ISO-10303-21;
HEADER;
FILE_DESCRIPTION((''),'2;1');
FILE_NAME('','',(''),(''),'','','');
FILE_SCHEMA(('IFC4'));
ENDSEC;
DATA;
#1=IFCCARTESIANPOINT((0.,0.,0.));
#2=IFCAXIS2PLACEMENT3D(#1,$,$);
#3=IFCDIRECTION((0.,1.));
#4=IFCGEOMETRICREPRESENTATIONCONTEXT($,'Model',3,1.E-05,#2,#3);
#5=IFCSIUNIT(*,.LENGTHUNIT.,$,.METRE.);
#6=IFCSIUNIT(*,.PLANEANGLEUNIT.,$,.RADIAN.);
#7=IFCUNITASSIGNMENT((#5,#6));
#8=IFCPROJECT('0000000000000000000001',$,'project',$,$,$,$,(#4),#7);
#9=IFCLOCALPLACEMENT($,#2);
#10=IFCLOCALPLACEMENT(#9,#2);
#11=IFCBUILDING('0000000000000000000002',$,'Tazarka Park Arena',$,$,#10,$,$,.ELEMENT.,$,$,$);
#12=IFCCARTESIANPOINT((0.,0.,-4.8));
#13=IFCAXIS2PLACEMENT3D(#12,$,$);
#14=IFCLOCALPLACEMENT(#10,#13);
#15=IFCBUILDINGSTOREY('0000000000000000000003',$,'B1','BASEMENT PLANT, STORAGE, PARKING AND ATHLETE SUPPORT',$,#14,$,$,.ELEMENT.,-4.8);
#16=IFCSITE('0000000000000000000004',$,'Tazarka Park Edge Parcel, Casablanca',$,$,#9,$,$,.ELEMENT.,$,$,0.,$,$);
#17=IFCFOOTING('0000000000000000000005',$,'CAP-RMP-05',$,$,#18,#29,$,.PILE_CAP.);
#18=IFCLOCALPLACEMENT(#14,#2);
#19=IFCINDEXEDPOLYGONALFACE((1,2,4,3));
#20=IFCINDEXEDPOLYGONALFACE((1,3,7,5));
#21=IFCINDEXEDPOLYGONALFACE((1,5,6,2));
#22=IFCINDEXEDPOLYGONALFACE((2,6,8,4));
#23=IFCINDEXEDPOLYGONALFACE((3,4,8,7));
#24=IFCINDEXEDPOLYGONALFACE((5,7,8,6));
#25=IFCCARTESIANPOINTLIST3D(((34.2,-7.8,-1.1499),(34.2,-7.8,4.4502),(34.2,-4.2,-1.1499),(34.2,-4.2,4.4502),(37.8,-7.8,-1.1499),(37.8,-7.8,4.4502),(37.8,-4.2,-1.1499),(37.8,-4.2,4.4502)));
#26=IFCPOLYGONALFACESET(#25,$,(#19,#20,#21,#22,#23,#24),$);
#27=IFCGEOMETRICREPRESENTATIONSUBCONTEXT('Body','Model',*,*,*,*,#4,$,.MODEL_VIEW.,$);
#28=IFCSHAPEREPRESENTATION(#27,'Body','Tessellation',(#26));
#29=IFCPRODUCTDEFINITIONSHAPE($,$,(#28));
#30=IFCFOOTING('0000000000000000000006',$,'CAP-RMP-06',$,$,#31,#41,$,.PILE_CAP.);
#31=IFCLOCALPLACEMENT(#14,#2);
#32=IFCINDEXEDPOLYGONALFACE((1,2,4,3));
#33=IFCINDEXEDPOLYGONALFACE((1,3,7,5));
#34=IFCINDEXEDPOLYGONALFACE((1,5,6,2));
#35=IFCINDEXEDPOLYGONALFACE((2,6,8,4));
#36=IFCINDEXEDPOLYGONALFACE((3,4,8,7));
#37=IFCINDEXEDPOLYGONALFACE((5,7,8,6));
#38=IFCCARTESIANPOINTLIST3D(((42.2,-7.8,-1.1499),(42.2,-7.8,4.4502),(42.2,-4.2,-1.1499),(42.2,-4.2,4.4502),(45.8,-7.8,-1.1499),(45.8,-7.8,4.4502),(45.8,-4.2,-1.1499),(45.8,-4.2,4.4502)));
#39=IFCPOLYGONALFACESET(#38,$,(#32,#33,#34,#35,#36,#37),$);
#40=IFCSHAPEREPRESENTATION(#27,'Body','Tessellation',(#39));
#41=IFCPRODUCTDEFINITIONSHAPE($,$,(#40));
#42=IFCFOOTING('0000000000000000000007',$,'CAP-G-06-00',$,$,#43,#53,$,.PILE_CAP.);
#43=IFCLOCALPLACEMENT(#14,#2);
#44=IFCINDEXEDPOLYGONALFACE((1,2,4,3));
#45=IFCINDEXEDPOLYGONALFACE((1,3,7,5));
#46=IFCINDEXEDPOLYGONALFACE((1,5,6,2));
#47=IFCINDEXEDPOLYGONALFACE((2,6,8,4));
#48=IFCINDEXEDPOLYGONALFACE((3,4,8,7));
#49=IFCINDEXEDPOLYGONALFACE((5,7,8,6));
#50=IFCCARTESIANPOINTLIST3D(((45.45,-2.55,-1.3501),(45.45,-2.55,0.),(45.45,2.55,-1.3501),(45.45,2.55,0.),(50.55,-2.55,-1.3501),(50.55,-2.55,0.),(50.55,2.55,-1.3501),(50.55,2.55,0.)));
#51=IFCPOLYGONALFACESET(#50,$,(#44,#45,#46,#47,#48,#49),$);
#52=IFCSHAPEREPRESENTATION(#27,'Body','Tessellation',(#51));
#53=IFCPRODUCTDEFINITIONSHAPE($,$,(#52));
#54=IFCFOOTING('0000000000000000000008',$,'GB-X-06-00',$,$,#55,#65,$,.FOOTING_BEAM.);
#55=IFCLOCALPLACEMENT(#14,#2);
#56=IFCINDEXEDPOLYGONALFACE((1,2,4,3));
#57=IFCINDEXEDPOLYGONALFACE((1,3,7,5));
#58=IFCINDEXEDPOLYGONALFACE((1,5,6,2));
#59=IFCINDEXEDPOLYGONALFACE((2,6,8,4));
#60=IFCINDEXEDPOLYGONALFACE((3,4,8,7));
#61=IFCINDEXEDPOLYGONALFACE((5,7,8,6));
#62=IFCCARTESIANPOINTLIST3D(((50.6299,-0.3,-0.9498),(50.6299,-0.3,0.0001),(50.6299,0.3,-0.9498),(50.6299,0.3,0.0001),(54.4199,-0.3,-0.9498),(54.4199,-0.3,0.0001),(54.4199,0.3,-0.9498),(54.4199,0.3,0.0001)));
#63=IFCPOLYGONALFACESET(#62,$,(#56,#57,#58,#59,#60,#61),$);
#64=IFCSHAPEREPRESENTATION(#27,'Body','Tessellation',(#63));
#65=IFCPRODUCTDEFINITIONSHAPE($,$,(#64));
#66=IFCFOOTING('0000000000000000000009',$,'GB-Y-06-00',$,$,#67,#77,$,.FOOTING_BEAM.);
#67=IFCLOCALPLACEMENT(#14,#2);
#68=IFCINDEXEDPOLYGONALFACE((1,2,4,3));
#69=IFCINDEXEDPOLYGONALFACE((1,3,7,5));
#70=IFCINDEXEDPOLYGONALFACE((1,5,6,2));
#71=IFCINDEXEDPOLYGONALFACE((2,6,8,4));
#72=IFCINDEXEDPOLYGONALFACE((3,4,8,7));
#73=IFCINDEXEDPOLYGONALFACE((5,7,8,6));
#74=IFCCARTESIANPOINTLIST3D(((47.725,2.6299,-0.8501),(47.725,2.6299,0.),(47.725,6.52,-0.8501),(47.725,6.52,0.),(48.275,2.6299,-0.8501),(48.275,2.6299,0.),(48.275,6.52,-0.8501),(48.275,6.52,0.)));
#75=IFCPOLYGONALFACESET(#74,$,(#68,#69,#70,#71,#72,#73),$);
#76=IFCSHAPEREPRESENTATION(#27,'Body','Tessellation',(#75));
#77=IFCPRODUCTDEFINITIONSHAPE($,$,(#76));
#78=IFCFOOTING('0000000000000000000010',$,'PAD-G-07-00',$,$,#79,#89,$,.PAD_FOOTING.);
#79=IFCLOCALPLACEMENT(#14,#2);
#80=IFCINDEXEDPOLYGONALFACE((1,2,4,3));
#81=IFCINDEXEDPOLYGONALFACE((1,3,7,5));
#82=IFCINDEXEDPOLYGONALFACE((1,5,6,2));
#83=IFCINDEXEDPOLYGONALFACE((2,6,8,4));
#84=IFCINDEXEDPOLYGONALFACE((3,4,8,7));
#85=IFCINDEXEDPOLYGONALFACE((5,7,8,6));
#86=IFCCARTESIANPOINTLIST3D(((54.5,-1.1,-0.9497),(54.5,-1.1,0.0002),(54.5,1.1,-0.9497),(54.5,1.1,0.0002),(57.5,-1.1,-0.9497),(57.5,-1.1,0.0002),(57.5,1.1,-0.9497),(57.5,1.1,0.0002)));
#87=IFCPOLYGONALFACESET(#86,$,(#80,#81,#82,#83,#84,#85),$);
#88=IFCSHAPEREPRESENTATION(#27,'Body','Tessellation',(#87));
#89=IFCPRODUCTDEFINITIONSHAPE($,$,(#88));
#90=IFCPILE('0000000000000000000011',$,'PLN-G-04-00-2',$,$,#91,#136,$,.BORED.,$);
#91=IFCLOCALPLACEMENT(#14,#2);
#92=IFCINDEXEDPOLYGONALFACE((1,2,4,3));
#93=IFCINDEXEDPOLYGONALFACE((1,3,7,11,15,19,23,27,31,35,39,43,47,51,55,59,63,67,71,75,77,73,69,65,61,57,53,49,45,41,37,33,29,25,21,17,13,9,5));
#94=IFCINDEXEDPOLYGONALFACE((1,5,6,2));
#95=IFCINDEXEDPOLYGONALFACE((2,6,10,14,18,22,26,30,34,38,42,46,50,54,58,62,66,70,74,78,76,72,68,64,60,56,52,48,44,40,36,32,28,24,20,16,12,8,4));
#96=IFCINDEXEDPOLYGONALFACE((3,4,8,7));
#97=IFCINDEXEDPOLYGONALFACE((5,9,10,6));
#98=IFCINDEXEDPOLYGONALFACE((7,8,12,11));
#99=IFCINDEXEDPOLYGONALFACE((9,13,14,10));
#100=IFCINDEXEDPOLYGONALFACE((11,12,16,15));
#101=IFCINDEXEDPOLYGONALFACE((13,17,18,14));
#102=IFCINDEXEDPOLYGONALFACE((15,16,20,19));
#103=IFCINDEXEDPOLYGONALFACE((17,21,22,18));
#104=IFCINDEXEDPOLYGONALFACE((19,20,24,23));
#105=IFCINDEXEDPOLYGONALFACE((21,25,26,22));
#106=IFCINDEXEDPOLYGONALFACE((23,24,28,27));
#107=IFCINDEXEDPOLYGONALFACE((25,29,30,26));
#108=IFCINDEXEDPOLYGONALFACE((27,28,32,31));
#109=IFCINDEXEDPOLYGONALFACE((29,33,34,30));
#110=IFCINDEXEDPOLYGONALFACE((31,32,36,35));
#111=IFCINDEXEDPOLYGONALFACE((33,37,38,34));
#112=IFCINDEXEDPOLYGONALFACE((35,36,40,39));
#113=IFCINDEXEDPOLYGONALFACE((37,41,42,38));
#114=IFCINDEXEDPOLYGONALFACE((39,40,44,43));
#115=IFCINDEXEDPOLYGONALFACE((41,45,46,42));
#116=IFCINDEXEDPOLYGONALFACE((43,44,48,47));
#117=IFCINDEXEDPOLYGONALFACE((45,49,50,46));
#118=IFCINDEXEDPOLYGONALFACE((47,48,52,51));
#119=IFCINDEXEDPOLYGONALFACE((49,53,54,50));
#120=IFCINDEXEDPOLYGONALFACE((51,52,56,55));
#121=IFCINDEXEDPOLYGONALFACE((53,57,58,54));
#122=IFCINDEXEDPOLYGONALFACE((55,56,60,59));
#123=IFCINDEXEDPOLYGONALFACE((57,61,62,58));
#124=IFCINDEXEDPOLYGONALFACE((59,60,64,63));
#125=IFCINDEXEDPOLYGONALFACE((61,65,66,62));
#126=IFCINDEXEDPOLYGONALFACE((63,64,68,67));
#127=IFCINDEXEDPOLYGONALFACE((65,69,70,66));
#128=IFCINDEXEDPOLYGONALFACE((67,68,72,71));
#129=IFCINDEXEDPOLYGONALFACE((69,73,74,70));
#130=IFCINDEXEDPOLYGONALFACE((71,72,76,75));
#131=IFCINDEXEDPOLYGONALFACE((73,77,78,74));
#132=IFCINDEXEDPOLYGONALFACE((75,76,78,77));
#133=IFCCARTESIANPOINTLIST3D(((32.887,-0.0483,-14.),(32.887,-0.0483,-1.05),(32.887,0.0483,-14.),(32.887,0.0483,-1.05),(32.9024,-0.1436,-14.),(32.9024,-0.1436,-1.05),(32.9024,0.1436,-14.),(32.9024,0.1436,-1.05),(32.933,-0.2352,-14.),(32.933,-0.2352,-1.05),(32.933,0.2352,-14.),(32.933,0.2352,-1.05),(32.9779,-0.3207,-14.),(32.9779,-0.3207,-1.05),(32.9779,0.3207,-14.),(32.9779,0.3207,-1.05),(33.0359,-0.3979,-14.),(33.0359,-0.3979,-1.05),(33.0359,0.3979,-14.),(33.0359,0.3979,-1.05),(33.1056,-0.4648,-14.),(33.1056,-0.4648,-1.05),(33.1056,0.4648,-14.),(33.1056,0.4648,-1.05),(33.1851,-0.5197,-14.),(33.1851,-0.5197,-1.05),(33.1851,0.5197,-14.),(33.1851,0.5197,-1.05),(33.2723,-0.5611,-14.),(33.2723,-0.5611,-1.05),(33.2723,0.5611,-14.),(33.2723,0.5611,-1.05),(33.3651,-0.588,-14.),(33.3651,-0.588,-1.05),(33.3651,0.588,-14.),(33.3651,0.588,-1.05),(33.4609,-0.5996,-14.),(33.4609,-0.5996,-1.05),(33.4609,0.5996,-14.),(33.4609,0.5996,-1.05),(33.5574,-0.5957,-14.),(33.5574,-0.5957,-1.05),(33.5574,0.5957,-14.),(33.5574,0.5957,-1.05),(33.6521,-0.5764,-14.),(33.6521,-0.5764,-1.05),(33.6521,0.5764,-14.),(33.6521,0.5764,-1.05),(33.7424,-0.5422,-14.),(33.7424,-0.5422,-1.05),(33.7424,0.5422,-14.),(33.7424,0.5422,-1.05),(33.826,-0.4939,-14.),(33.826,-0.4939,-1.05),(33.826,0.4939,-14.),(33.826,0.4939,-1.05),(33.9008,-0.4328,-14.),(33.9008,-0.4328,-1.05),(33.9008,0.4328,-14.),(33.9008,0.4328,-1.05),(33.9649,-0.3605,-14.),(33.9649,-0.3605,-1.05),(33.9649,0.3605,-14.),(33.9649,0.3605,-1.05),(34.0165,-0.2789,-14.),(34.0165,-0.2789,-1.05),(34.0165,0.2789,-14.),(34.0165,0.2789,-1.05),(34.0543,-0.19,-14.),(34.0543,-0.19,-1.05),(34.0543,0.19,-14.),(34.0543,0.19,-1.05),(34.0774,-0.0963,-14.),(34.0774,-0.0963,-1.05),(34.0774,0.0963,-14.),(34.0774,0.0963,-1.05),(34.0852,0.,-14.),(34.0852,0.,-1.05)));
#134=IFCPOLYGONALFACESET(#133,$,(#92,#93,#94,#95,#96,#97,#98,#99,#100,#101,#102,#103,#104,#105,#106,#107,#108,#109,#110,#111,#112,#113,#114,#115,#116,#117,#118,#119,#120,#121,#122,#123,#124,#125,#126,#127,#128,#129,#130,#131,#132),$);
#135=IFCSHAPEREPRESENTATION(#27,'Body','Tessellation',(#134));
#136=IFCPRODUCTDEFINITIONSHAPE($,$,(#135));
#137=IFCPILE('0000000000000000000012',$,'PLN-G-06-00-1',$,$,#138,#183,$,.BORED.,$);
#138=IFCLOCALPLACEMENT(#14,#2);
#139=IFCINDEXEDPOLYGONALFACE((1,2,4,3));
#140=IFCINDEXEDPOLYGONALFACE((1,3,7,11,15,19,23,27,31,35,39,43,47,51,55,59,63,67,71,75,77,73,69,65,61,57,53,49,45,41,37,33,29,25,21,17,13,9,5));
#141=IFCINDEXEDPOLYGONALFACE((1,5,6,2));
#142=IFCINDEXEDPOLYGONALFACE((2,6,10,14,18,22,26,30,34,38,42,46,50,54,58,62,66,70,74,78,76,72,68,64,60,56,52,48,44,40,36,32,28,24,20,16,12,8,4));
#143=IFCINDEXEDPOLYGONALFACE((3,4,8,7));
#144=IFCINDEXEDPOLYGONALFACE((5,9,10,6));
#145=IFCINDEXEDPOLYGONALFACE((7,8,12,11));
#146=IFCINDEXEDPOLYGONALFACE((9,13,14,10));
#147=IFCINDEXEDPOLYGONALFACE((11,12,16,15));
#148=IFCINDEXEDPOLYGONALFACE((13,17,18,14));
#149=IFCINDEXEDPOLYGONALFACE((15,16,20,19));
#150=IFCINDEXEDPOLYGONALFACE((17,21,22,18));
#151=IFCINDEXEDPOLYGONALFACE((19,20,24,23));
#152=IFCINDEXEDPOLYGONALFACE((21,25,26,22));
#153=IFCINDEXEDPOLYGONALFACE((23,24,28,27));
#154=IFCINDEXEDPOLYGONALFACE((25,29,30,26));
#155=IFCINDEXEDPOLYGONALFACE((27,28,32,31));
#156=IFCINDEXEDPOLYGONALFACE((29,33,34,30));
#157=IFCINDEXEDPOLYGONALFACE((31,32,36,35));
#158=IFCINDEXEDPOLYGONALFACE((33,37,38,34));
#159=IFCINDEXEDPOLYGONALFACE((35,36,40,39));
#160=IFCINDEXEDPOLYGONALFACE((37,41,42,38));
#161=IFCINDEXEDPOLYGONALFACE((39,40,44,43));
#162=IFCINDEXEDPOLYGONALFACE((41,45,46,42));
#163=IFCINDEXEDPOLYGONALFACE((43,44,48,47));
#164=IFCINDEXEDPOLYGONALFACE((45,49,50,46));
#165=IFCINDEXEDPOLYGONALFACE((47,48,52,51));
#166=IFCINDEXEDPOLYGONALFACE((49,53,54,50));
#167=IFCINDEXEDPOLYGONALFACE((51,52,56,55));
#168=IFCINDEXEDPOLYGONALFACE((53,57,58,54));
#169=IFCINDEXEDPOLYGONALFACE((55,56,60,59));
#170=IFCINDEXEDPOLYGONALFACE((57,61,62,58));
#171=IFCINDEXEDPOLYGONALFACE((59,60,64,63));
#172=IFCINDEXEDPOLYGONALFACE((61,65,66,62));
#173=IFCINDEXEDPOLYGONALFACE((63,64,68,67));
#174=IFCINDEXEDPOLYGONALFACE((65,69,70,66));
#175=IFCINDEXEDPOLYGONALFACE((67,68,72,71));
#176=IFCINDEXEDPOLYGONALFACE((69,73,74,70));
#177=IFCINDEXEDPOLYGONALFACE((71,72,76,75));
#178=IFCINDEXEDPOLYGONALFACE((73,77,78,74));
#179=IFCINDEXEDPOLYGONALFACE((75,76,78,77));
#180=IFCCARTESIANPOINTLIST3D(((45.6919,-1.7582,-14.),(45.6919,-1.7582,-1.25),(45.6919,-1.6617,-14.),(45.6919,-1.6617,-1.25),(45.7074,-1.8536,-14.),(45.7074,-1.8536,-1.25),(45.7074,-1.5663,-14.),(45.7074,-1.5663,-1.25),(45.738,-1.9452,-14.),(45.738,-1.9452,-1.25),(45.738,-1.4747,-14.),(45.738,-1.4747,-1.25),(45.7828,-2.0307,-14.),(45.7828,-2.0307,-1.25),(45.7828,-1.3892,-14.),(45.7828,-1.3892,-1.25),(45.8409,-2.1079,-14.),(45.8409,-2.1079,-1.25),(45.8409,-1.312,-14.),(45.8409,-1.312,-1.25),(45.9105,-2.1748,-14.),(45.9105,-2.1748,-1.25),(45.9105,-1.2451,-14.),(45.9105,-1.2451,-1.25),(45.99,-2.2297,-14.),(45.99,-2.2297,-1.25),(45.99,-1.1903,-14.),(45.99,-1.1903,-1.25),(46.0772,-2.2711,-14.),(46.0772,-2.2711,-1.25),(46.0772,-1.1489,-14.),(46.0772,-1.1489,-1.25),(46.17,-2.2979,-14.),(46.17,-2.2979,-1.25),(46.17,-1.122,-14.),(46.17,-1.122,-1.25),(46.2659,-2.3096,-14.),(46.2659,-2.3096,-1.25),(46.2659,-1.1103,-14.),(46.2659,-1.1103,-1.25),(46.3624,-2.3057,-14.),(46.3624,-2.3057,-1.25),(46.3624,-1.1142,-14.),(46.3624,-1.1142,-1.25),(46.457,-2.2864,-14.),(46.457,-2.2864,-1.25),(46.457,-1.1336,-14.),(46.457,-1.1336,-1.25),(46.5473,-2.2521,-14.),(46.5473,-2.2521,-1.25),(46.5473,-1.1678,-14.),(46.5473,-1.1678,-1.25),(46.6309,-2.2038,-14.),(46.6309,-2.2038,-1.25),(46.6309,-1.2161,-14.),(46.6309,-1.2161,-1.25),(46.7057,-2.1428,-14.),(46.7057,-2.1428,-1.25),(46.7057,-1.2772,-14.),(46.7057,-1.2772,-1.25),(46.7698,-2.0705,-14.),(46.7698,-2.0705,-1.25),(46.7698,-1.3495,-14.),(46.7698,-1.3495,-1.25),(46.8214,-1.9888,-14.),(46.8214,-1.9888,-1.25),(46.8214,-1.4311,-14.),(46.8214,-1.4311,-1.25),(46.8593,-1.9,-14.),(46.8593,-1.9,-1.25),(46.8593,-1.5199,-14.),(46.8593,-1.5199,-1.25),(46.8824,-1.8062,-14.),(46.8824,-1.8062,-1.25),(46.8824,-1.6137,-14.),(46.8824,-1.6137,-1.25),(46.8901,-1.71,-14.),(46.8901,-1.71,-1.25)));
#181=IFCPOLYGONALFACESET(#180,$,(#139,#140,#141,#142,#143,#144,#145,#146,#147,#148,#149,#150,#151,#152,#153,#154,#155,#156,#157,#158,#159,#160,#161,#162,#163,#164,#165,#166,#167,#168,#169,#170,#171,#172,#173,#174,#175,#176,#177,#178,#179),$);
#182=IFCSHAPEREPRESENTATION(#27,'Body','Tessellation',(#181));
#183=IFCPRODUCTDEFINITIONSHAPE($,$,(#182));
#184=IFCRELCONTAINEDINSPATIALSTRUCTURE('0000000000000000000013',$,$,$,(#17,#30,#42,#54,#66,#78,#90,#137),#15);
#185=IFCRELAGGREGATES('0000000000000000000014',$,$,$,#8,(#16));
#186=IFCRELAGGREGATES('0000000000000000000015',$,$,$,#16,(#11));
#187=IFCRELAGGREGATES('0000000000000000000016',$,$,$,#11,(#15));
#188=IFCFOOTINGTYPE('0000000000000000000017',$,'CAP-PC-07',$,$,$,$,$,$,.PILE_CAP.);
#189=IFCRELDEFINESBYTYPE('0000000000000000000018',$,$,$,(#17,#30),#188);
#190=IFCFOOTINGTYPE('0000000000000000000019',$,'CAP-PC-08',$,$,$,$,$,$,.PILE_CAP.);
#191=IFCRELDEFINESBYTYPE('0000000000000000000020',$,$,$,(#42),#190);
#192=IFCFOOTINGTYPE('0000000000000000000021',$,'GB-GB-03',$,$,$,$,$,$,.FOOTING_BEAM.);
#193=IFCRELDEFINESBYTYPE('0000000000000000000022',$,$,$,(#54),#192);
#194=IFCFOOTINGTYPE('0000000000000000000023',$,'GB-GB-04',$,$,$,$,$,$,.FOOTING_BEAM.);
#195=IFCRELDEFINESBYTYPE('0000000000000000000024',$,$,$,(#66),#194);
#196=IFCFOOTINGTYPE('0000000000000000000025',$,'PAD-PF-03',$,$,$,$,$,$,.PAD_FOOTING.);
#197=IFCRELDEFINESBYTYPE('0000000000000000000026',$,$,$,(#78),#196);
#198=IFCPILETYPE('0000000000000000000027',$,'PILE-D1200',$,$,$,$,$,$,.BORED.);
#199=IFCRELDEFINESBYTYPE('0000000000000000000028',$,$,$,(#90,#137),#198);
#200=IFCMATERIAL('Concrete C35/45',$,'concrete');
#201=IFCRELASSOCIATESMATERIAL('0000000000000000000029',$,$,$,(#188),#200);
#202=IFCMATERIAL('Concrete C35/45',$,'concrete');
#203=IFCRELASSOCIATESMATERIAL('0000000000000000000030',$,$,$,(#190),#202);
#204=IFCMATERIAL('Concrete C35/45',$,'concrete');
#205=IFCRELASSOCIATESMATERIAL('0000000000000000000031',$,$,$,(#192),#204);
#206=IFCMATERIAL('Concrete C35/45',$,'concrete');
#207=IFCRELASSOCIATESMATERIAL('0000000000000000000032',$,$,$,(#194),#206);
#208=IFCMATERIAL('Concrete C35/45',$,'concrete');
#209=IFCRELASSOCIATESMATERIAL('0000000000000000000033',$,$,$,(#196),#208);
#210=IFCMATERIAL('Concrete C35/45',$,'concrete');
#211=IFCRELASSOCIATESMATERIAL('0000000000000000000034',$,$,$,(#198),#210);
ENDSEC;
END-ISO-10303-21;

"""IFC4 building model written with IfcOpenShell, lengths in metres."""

from ifc_helpers import new_model, si_unit, direction, frame, origin, origin_2d, place, context, subcontext, project, spatial, rectangle, circle, extrude, material, material_profile, profile_set, type_object, element, save


model = new_model("IFC4")

# Units and contexts
model_context = context("Model", 3, precision=1e-05, world=origin(), true_north=direction((0.0, 1.0)))
body_context = subcontext(model_context, "Body", "Model", "MODEL_VIEW")
ifc_project = project(units=[si_unit("LENGTHUNIT", "METRE"), si_unit("PLANEANGLEUNIT", "RADIAN")], contexts=[model_context])

# Site, building, storey
site_placement = place(None, origin())
site = spatial("IfcSite", under=ifc_project, at=site_placement, Name="Tazarka Park Edge Parcel, Casablanca", CompositionType="ELEMENT", RefElevation=0.0)
building_placement = place(site_placement, origin())
building = spatial("IfcBuilding", under=site, at=building_placement, Name="Tazarka Park Arena", CompositionType="ELEMENT")
storey_placement = place(building_placement, frame((0.0, 0.0, -4.8)))
storey = spatial("IfcBuildingStorey", under=building, at=storey_placement, Name="B1", Description="BASEMENT PLANT, STORAGE, PARKING AND ATHLETE SUPPORT", CompositionType="ELEMENT", Elevation=-4.8)

# Footings
ifc_material_1 = material(Name="Concrete C35/45", Category="concrete")
footing_type_1 = type_object("IfcFootingType", Name="CAP-PC-07", PredefinedType="PILE_CAP", material=ifc_material_1)
for number, where, z_axis, x_axis, name in (
    (1, (36.0, -6.0, -1.1499), (0.0, 0.0, 1.0), (1.0, 0.0, 0.0), "CAP-RMP-05"),
    (2, (44.0, -6.0, -1.1499), (0.0, 0.0, 1.0), (1.0, 0.0, 0.0), "CAP-RMP-06"),
):
    element("IfcFooting", number, at=place(storey_placement, frame(where, z_axis=z_axis, x_axis=x_axis)), inside=storey, type_object=footing_type_1, Name=name, PredefinedType="PILE_CAP", context=body_context, shape_type="SweptSolid", body=[
        extrude(rectangle(XDim=3.6001, YDim=3.6001, at=origin_2d()), origin(), (0.0, 0.0, 1.0), 5.6001),
    ])
ifc_material_2 = material(Name="Concrete C35/45", Category="concrete")
footing_type_2 = type_object("IfcFootingType", Name="CAP-PC-08", PredefinedType="PILE_CAP", material=ifc_material_2)
footing_1_placement = place(storey_placement, frame((48.0, 0.0, -1.3501), z_axis=(0.0, 0.0, 1.0), x_axis=(1.0, 0.0, 0.0)))
element("IfcFooting", 3, at=footing_1_placement, inside=storey, type_object=footing_type_2, Name="CAP-G-06-00", PredefinedType="PILE_CAP", context=body_context, shape_type="SweptSolid", body=[
    extrude(rectangle(XDim=5.1001, YDim=5.1001, at=origin_2d()), origin(), (0.0, 0.0, 1.0), 1.3501),
])
ifc_material_3 = material(Name="Concrete C35/45", Category="concrete")
ifc_material_profile_1 = material_profile(ifc_material_3, rectangle(XDim=0.6001, YDim=0.95, at=origin_2d()), Name="Concrete C35/45")
ifc_profile_set_1 = profile_set([ifc_material_profile_1], Name="Concrete C35/45")
footing_type_3 = type_object("IfcFootingType", Name="GB-GB-03", PredefinedType="FOOTING_BEAM", material=ifc_profile_set_1)
footing_2_placement = place(storey_placement, frame((50.6299, 0.0, -0.4749), z_axis=(1.0, 0.0, 0.0), x_axis=(0.0, 1.0, 0.0)))
element("IfcFooting", 4, at=footing_2_placement, inside=storey, type_object=footing_type_3, Name="GB-X-06-00", PredefinedType="FOOTING_BEAM", context=body_context, shape_type="SweptSolid", body=[
    extrude(rectangle(XDim=0.6001, YDim=0.95, at=origin_2d()), origin(), (0.0, 0.0, 1.0), 3.79),
])
ifc_material_4 = material(Name="Concrete C35/45", Category="concrete")
ifc_material_profile_2 = material_profile(ifc_material_4, rectangle(XDim=0.55, YDim=0.8501, at=origin_2d()), Name="Concrete C35/45")
ifc_profile_set_2 = profile_set([ifc_material_profile_2], Name="Concrete C35/45")
footing_type_4 = type_object("IfcFootingType", Name="GB-GB-04", PredefinedType="FOOTING_BEAM", material=ifc_profile_set_2)
footing_3_placement = place(storey_placement, frame((48.0, 2.6299, -0.425), z_axis=(0.0, 1.0, 0.0), x_axis=(-1.0, 0.0, 0.0)))
element("IfcFooting", 5, at=footing_3_placement, inside=storey, type_object=footing_type_4, Name="GB-Y-06-00", PredefinedType="FOOTING_BEAM", context=body_context, shape_type="SweptSolid", body=[
    extrude(rectangle(XDim=0.55, YDim=0.8501, at=origin_2d()), origin(), (0.0, 0.0, 1.0), 3.8901),
])
ifc_material_5 = material(Name="Concrete C35/45", Category="concrete")
footing_type_5 = type_object("IfcFootingType", Name="PAD-PF-03", PredefinedType="PAD_FOOTING", material=ifc_material_5)
footing_4_placement = place(storey_placement, frame((56.0, 0.0, -0.9497), z_axis=(0.0, 0.0, 1.0), x_axis=(1.0, 0.0, 0.0)))
element("IfcFooting", 6, at=footing_4_placement, inside=storey, type_object=footing_type_5, Name="PAD-G-07-00", PredefinedType="PAD_FOOTING", context=body_context, shape_type="SweptSolid", body=[
    extrude(rectangle(XDim=3.0, YDim=2.2, at=origin_2d()), origin(), (0.0, 0.0, 1.0), 0.95),
])

# Piles
ifc_material_6 = material(Name="Concrete C35/45", Category="concrete")
ifc_material_profile_3 = material_profile(ifc_material_6, circle(Radius=0.6001, at=origin_2d()), Name="Concrete C35/45")
ifc_profile_set_3 = profile_set([ifc_material_profile_3], Name="Concrete C35/45")
pile_type_1 = type_object("IfcPileType", Name="PILE-D1200", PredefinedType="BORED", material=ifc_profile_set_3)
pile_placement = place(storey_placement, frame((33.4851, 0.0, -1.05), z_axis=(0.0, 0.0, -1.0), x_axis=(1.0, 0.0, 0.0)))
element("IfcPile", 7, at=pile_placement, inside=storey, type_object=pile_type_1, Name="PLN-G-04-00-2", PredefinedType="BORED", context=body_context, shape_type="SweptSolid", body=[
    extrude(circle(Radius=0.6001, at=origin_2d()), origin(), (0.0, 0.0, 1.0), 12.95),
])
for number, where, z_axis, x_axis, name in (
    (8, (46.29, -1.71, -1.25), (0.0, 0.0, -1.0), (1.0, 0.0, 0.0), "PLN-G-06-00-1"),
):
    element("IfcPile", number, at=place(storey_placement, frame(where, z_axis=z_axis, x_axis=x_axis)), inside=storey, type_object=pile_type_1, Name=name, PredefinedType="BORED", context=body_context, shape_type="SweptSolid", body=[
        extrude(circle(Radius=0.6001, at=origin_2d()), origin(), (0.0, 0.0, 1.0), 12.75),
    ])

save(model, "model.ifc")
